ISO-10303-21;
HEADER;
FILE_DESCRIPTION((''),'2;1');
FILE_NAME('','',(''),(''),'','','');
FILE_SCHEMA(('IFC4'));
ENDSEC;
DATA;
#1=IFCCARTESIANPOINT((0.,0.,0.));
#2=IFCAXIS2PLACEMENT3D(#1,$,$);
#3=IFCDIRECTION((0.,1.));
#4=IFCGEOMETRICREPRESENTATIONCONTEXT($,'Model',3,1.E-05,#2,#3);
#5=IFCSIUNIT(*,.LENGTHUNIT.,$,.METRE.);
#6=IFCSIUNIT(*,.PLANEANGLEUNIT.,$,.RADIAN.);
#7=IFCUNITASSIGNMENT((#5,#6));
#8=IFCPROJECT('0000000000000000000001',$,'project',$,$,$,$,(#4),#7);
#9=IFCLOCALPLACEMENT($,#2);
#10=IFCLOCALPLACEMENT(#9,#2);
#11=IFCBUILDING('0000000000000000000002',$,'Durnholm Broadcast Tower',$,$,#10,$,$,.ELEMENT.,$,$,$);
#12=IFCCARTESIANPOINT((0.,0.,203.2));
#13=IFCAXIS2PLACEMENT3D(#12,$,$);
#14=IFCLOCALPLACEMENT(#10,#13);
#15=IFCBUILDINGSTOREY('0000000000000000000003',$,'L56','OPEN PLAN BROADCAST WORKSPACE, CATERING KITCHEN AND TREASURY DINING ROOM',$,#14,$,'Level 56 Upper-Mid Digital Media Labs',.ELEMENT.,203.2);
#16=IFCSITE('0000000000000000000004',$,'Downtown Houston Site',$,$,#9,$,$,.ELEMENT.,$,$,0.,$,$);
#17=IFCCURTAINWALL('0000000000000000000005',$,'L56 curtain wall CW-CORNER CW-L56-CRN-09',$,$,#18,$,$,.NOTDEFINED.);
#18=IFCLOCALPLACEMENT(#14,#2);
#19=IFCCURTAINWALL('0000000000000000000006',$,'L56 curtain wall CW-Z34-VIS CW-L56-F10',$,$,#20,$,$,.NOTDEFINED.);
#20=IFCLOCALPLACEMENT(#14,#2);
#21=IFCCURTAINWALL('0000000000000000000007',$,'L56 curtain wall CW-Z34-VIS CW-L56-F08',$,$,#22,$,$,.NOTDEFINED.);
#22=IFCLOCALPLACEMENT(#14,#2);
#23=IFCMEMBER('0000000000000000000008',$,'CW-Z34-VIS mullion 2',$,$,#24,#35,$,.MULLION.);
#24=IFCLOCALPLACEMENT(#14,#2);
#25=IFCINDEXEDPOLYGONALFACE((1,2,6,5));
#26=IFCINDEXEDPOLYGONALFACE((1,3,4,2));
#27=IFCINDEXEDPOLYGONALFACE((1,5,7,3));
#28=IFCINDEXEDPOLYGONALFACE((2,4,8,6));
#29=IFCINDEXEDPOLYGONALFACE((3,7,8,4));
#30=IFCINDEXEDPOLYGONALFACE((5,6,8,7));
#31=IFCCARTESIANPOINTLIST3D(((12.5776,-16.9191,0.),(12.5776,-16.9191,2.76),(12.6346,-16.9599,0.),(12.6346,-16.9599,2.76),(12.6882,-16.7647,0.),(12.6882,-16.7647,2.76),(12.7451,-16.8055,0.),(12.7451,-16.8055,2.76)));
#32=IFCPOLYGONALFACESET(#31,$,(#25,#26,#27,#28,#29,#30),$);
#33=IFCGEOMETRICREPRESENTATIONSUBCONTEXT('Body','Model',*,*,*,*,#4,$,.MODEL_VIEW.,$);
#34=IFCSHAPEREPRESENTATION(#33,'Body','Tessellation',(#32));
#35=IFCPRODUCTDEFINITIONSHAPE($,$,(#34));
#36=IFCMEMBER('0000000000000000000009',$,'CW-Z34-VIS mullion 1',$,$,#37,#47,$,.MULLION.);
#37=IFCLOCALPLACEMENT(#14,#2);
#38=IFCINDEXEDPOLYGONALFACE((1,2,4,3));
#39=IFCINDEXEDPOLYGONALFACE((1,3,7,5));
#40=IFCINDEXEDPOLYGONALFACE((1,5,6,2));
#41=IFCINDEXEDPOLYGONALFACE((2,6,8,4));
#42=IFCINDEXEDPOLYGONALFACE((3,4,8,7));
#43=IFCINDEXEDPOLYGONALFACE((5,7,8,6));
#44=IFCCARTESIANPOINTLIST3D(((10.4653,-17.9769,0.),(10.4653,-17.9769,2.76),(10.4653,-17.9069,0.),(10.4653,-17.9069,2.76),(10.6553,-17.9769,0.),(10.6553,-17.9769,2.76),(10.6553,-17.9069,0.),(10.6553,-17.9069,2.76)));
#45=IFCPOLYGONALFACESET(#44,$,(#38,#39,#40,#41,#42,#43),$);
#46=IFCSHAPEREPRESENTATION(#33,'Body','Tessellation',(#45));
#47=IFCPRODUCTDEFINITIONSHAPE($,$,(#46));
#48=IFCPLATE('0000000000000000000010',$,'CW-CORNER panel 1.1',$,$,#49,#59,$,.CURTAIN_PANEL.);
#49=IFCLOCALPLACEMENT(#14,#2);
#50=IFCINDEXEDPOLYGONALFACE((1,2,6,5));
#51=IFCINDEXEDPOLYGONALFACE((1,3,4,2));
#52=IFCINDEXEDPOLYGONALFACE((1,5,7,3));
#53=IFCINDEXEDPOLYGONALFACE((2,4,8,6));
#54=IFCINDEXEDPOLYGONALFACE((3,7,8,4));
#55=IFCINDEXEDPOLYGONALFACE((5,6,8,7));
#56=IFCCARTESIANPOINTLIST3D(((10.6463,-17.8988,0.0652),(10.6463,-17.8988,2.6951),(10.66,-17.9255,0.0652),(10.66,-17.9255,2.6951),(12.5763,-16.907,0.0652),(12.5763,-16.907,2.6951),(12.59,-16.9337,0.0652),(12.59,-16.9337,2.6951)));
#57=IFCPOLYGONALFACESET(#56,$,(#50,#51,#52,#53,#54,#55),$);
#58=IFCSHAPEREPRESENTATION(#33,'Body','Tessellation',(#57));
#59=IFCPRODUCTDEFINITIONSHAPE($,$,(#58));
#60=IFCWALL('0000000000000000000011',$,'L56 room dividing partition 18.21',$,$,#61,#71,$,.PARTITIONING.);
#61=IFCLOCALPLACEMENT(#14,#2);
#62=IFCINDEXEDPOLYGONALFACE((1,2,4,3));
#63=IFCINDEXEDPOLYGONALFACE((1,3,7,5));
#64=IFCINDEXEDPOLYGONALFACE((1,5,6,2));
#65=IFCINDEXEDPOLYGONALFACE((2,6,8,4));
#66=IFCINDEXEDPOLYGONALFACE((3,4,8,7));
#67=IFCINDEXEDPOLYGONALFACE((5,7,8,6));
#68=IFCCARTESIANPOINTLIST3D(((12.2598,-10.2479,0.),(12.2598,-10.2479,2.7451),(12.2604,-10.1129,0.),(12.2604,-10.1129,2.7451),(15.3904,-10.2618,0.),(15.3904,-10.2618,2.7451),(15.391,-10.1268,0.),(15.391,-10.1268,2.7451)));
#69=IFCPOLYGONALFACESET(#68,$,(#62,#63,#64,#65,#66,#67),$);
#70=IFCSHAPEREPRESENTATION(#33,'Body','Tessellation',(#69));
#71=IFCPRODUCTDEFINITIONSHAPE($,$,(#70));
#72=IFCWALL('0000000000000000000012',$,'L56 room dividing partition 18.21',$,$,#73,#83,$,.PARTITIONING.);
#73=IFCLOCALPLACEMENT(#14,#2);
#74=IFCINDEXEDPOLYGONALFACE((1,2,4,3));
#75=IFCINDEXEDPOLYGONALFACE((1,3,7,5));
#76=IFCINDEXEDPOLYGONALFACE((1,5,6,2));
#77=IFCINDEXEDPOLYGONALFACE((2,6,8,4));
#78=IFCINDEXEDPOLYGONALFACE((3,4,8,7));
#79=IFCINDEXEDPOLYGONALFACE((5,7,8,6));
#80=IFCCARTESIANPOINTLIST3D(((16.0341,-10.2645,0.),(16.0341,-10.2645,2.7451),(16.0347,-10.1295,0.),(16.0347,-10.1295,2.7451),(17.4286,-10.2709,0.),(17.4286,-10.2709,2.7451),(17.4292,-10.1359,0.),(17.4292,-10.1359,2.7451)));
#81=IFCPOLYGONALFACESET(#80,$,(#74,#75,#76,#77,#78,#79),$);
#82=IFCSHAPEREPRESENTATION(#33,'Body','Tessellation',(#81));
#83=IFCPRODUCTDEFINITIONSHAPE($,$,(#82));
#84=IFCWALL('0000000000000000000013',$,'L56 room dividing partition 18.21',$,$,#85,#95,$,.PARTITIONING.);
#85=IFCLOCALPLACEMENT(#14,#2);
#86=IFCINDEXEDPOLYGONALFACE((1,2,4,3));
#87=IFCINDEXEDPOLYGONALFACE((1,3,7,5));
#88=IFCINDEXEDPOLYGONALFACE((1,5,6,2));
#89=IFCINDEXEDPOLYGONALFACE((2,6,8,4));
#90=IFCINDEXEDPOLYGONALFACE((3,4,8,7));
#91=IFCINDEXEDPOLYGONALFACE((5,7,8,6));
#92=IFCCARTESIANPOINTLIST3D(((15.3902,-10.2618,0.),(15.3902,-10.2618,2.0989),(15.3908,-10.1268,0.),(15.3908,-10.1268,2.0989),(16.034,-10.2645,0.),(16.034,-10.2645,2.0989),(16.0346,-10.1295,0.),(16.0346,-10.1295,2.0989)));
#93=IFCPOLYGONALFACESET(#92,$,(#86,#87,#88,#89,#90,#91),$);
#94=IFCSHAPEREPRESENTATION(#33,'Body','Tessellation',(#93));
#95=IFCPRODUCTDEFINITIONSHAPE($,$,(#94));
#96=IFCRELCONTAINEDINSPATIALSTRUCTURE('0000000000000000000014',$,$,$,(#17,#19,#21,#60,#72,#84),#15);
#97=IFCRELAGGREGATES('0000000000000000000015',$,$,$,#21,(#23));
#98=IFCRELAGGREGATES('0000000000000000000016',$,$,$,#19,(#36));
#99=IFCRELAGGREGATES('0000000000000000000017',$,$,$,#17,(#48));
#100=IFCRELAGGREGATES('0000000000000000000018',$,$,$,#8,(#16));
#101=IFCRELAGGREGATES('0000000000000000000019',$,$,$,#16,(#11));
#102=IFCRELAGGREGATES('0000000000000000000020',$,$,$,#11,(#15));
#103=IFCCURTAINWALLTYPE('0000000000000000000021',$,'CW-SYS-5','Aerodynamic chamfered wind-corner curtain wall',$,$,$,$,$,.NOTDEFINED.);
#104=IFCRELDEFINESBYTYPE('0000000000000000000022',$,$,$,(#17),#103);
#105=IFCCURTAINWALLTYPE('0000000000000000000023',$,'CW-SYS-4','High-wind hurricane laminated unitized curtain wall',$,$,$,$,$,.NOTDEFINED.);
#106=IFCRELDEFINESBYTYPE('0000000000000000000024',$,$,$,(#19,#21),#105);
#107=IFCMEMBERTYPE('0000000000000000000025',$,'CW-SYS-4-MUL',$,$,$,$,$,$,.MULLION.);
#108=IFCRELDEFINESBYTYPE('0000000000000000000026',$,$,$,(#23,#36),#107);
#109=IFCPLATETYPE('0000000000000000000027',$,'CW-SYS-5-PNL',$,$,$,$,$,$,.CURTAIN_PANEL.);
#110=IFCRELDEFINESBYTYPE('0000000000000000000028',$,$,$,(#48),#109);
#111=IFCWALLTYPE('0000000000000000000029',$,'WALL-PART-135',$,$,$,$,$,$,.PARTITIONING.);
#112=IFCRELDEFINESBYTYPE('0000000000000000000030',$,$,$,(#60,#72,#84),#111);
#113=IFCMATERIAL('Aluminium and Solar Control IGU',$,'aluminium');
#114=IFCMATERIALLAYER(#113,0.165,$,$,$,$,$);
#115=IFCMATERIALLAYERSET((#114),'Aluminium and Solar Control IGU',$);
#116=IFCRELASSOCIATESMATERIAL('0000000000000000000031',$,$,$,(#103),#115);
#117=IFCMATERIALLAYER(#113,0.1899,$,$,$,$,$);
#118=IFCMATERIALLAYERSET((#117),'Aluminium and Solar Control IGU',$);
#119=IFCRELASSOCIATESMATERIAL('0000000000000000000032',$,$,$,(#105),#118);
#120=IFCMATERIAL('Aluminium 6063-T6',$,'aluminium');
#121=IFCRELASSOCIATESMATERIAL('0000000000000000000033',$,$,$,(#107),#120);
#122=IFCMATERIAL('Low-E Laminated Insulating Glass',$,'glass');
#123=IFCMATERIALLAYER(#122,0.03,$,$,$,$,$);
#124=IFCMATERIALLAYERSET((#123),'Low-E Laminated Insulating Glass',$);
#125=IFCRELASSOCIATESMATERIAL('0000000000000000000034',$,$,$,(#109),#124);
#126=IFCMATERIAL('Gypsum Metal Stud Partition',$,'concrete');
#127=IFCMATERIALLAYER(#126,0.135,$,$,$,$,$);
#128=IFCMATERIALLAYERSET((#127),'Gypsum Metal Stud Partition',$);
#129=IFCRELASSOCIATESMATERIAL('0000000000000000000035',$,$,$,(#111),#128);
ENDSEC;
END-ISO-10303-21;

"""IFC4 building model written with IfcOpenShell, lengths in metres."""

from ifc_helpers import new_model, si_unit, direction, frame, frame_2d, origin, origin_2d, place, context, subcontext, project, spatial, rectangle, extrude, source, transform, mapped, material, layer, layer_set, material_profile, profile_set, type_object, type_shapes, element, aggregate, save


model = new_model("IFC4")

# Units and contexts
model_context = context("Model", 3, precision=1e-05, world=origin(), true_north=direction((0.0, 1.0)))
body_context = subcontext(model_context, "Body", "Model", "MODEL_VIEW")
ifc_project = project(units=[si_unit("LENGTHUNIT", "METRE"), si_unit("PLANEANGLEUNIT", "RADIAN")], contexts=[model_context])

# Site, building, storey
site_placement = place(None, origin())
site = spatial("IfcSite", under=ifc_project, at=site_placement, Name="Downtown Houston Site", CompositionType="ELEMENT", RefElevation=0.0)
building_placement = place(site_placement, origin())
building = spatial("IfcBuilding", under=site, at=building_placement, Name="Durnholm Broadcast Tower", CompositionType="ELEMENT")
storey_placement = place(building_placement, frame((0.0, 0.0, 203.2)))
storey = spatial("IfcBuildingStorey", under=building, at=storey_placement, Name="L56", Description="OPEN PLAN BROADCAST WORKSPACE, CATERING KITCHEN AND TREASURY DINING ROOM", LongName="Level 56 Upper-Mid Digital Media Labs", CompositionType="ELEMENT", Elevation=203.2)

# Curtain walls
ifc_material_1 = material(Name="Aluminium and Solar Control IGU", Category="aluminium")
ifc_layer_1 = layer(ifc_material_1, 0.165)
ifc_layer_set_1 = layer_set([ifc_layer_1], Name="Aluminium and Solar Control IGU")
curtain_wall_type_1 = type_object("IfcCurtainWallType", Name="CW-SYS-5", Description="Aerodynamic chamfered wind-corner curtain wall", PredefinedType="NOTDEFINED", material=ifc_layer_set_1)
curtain_wall_1_placement = place(storey_placement, origin())
curtain_wall_1 = element("IfcCurtainWall", 1, at=curtain_wall_1_placement, inside=storey, type_object=curtain_wall_type_1, Name="L56 curtain wall CW-CORNER CW-L56-CRN-09", PredefinedType="NOTDEFINED")
ifc_material_2 = material(Name="Aluminium 6063-T6", Category="aluminium")
ifc_layer_2 = layer(ifc_material_1, 0.1899)
ifc_layer_set_2 = layer_set([ifc_layer_2], Name="Aluminium and Solar Control IGU")
curtain_wall_type_2 = type_object("IfcCurtainWallType", Name="CW-SYS-4", Description="High-wind hurricane laminated unitized curtain wall", PredefinedType="NOTDEFINED", material=ifc_layer_set_2)
curtain_wall_2_placement = place(storey_placement, origin())
curtain_wall_2 = element("IfcCurtainWall", 2, at=curtain_wall_2_placement, inside=storey, type_object=curtain_wall_type_2, Name="L56 curtain wall CW-Z34-VIS CW-L56-F10", PredefinedType="NOTDEFINED")

# Curtain wall, member
curtain_wall_3_placement = place(storey_placement, origin())
curtain_wall_3 = element("IfcCurtainWall", 3, at=curtain_wall_3_placement, inside=storey, type_object=curtain_wall_type_2, Name="L56 curtain wall CW-Z34-VIS CW-L56-F08", PredefinedType="NOTDEFINED")
ifc_material_profile_1 = material_profile(ifc_material_2, rectangle(XDim=0.0701, YDim=0.1899, at=origin_2d()), Name="CWM70X190")
ifc_profile_set_1 = profile_set([ifc_material_profile_1], Name="Aluminium 6063-T6")
member_type_1 = type_object("IfcMemberType", Name="CW-SYS-4-MUL", PredefinedType="MULLION", material=ifc_profile_set_1)
shared_shape_1 = source(origin(), body_context, "Body", "SweptSolid", [
    extrude(rectangle(XDim=0.0701, YDim=0.1899, at=origin_2d()), origin(), (0.0, 0.0, 1.0), 2.76),
])
type_shapes(member_type_1, [shared_shape_1])
member_1_placement = place(storey_placement, frame((12.6614, -16.8623, 0.0), z_axis=(0.0, 0.0, 1.0), x_axis=(0.813089, -0.582139, 0.0)))
member_1 = element("IfcMember", 4, at=member_1_placement, type_object=member_type_1, Name="CW-Z34-VIS mullion 2", PredefinedType="MULLION", context=body_context, shape_type="MappedRepresentation", body=[
    mapped(shared_shape_1, transform((0.0, 0.0, 0.0), x_axis=(1.0, 0.0, 0.0), y_axis=(0.0, 1.0, 0.0), z_axis=(0.0, 0.0, 1.0), scale=1.0)),
])
aggregate(curtain_wall_3, [member_1])

# Member
member_2_placement = place(storey_placement, frame((10.5603, -17.9419, 0.0), z_axis=(0.0, 0.0, 1.0), x_axis=(0.0, -1.0, 0.0)))
member_2 = element("IfcMember", 5, at=member_2_placement, type_object=member_type_1, Name="CW-Z34-VIS mullion 1", PredefinedType="MULLION", context=body_context, shape_type="MappedRepresentation", body=[
    mapped(shared_shape_1, transform((0.0, 0.0, 0.0), x_axis=(1.0, 0.0, 0.0), y_axis=(0.0, 1.0, 0.0), z_axis=(0.0, 0.0, 1.0), scale=1.0)),
])
aggregate(curtain_wall_2, [member_2])

# Plate
ifc_material_3 = material(Name="Low-E Laminated Insulating Glass", Category="glass")
ifc_layer_3 = layer(ifc_material_3, 0.03)
ifc_layer_set_3 = layer_set([ifc_layer_3], Name="Low-E Laminated Insulating Glass")
plate_type = type_object("IfcPlateType", Name="CW-SYS-5-PNL", PredefinedType="CURTAIN_PANEL", material=ifc_layer_set_3)
shared_shape_2 = source(origin(), body_context, "Body", "SweptSolid", [
    extrude(rectangle(XDim=2.1699, YDim=0.03, at=origin_2d()), origin(), (0.0, 0.0, 1.0), 2.6299),
])
type_shapes(plate_type, [shared_shape_2])
plate_placement = place(storey_placement, frame((11.6182, -17.4163, 0.0652), z_axis=(0.0, 0.0, 1.0), x_axis=(-0.889425, -0.457082, 0.0)))
plate = element("IfcPlate", 6, at=plate_placement, type_object=plate_type, Name="CW-CORNER panel 1.1", PredefinedType="CURTAIN_PANEL", context=body_context, shape_type="MappedRepresentation", body=[
    mapped(shared_shape_2, transform((0.0, 0.0, 0.0), x_axis=(1.0, 0.0, 0.0), y_axis=(0.0, 1.0, 0.0), z_axis=(0.0, 0.0, 1.0), scale=1.0)),
])
aggregate(curtain_wall_1, [plate])

# Walls
ifc_material_4 = material(Name="Gypsum Metal Stud Partition", Category="concrete")
ifc_layer_4 = layer(ifc_material_4, 0.135)
ifc_layer_set_4 = layer_set([ifc_layer_4], Name="Gypsum Metal Stud Partition")
wall_type = type_object("IfcWallType", Name="WALL-PART-135", PredefinedType="PARTITIONING", material=ifc_layer_set_4)
wall_1_placement = place(storey_placement, frame((12.26, -10.1804, 0.0), z_axis=(0.0, 0.0, 1.0), x_axis=(0.99999, -0.004445, 0.0)))
element("IfcWall", 7, at=wall_1_placement, inside=storey, type_object=wall_type, Name="L56 room dividing partition 18.21", PredefinedType="PARTITIONING", context=body_context, shape_type="SweptSolid", body=[
    extrude(rectangle(XDim=3.1306, YDim=0.135, at=frame_2d((1.5654, 0.0))), origin(), (0.0, 0.0, 1.0), 2.7451),
])
wall_2_placement = place(storey_placement, frame((16.0344, -10.197, 0.0), z_axis=(0.0, 0.0, 1.0), x_axis=(0.99999, -0.004552, 0.0)))
element("IfcWall", 8, at=wall_2_placement, inside=storey, type_object=wall_type, Name="L56 room dividing partition 18.21", PredefinedType="PARTITIONING", context=body_context, shape_type="SweptSolid", body=[
    extrude(rectangle(XDim=1.3945, YDim=0.135, at=frame_2d((0.6973, 0.0))), origin(), (0.0, 0.0, 1.0), 2.7451),
])
wall_3_placement = place(storey_placement, frame((15.3906, -10.1943, 0.0), z_axis=(0.0, 0.0, 1.0), x_axis=(0.999991, -0.004171, 0.0)))
element("IfcWall", 9, at=wall_3_placement, inside=storey, type_object=wall_type, Name="L56 room dividing partition 18.21", PredefinedType="PARTITIONING", context=body_context, shape_type="SweptSolid", body=[
    extrude(rectangle(XDim=0.6438, YDim=0.135, at=frame_2d((0.3218, 0.0))), origin(), (0.0, 0.0, 1.0), 2.0989),
])

save(model, "model.ifc")
